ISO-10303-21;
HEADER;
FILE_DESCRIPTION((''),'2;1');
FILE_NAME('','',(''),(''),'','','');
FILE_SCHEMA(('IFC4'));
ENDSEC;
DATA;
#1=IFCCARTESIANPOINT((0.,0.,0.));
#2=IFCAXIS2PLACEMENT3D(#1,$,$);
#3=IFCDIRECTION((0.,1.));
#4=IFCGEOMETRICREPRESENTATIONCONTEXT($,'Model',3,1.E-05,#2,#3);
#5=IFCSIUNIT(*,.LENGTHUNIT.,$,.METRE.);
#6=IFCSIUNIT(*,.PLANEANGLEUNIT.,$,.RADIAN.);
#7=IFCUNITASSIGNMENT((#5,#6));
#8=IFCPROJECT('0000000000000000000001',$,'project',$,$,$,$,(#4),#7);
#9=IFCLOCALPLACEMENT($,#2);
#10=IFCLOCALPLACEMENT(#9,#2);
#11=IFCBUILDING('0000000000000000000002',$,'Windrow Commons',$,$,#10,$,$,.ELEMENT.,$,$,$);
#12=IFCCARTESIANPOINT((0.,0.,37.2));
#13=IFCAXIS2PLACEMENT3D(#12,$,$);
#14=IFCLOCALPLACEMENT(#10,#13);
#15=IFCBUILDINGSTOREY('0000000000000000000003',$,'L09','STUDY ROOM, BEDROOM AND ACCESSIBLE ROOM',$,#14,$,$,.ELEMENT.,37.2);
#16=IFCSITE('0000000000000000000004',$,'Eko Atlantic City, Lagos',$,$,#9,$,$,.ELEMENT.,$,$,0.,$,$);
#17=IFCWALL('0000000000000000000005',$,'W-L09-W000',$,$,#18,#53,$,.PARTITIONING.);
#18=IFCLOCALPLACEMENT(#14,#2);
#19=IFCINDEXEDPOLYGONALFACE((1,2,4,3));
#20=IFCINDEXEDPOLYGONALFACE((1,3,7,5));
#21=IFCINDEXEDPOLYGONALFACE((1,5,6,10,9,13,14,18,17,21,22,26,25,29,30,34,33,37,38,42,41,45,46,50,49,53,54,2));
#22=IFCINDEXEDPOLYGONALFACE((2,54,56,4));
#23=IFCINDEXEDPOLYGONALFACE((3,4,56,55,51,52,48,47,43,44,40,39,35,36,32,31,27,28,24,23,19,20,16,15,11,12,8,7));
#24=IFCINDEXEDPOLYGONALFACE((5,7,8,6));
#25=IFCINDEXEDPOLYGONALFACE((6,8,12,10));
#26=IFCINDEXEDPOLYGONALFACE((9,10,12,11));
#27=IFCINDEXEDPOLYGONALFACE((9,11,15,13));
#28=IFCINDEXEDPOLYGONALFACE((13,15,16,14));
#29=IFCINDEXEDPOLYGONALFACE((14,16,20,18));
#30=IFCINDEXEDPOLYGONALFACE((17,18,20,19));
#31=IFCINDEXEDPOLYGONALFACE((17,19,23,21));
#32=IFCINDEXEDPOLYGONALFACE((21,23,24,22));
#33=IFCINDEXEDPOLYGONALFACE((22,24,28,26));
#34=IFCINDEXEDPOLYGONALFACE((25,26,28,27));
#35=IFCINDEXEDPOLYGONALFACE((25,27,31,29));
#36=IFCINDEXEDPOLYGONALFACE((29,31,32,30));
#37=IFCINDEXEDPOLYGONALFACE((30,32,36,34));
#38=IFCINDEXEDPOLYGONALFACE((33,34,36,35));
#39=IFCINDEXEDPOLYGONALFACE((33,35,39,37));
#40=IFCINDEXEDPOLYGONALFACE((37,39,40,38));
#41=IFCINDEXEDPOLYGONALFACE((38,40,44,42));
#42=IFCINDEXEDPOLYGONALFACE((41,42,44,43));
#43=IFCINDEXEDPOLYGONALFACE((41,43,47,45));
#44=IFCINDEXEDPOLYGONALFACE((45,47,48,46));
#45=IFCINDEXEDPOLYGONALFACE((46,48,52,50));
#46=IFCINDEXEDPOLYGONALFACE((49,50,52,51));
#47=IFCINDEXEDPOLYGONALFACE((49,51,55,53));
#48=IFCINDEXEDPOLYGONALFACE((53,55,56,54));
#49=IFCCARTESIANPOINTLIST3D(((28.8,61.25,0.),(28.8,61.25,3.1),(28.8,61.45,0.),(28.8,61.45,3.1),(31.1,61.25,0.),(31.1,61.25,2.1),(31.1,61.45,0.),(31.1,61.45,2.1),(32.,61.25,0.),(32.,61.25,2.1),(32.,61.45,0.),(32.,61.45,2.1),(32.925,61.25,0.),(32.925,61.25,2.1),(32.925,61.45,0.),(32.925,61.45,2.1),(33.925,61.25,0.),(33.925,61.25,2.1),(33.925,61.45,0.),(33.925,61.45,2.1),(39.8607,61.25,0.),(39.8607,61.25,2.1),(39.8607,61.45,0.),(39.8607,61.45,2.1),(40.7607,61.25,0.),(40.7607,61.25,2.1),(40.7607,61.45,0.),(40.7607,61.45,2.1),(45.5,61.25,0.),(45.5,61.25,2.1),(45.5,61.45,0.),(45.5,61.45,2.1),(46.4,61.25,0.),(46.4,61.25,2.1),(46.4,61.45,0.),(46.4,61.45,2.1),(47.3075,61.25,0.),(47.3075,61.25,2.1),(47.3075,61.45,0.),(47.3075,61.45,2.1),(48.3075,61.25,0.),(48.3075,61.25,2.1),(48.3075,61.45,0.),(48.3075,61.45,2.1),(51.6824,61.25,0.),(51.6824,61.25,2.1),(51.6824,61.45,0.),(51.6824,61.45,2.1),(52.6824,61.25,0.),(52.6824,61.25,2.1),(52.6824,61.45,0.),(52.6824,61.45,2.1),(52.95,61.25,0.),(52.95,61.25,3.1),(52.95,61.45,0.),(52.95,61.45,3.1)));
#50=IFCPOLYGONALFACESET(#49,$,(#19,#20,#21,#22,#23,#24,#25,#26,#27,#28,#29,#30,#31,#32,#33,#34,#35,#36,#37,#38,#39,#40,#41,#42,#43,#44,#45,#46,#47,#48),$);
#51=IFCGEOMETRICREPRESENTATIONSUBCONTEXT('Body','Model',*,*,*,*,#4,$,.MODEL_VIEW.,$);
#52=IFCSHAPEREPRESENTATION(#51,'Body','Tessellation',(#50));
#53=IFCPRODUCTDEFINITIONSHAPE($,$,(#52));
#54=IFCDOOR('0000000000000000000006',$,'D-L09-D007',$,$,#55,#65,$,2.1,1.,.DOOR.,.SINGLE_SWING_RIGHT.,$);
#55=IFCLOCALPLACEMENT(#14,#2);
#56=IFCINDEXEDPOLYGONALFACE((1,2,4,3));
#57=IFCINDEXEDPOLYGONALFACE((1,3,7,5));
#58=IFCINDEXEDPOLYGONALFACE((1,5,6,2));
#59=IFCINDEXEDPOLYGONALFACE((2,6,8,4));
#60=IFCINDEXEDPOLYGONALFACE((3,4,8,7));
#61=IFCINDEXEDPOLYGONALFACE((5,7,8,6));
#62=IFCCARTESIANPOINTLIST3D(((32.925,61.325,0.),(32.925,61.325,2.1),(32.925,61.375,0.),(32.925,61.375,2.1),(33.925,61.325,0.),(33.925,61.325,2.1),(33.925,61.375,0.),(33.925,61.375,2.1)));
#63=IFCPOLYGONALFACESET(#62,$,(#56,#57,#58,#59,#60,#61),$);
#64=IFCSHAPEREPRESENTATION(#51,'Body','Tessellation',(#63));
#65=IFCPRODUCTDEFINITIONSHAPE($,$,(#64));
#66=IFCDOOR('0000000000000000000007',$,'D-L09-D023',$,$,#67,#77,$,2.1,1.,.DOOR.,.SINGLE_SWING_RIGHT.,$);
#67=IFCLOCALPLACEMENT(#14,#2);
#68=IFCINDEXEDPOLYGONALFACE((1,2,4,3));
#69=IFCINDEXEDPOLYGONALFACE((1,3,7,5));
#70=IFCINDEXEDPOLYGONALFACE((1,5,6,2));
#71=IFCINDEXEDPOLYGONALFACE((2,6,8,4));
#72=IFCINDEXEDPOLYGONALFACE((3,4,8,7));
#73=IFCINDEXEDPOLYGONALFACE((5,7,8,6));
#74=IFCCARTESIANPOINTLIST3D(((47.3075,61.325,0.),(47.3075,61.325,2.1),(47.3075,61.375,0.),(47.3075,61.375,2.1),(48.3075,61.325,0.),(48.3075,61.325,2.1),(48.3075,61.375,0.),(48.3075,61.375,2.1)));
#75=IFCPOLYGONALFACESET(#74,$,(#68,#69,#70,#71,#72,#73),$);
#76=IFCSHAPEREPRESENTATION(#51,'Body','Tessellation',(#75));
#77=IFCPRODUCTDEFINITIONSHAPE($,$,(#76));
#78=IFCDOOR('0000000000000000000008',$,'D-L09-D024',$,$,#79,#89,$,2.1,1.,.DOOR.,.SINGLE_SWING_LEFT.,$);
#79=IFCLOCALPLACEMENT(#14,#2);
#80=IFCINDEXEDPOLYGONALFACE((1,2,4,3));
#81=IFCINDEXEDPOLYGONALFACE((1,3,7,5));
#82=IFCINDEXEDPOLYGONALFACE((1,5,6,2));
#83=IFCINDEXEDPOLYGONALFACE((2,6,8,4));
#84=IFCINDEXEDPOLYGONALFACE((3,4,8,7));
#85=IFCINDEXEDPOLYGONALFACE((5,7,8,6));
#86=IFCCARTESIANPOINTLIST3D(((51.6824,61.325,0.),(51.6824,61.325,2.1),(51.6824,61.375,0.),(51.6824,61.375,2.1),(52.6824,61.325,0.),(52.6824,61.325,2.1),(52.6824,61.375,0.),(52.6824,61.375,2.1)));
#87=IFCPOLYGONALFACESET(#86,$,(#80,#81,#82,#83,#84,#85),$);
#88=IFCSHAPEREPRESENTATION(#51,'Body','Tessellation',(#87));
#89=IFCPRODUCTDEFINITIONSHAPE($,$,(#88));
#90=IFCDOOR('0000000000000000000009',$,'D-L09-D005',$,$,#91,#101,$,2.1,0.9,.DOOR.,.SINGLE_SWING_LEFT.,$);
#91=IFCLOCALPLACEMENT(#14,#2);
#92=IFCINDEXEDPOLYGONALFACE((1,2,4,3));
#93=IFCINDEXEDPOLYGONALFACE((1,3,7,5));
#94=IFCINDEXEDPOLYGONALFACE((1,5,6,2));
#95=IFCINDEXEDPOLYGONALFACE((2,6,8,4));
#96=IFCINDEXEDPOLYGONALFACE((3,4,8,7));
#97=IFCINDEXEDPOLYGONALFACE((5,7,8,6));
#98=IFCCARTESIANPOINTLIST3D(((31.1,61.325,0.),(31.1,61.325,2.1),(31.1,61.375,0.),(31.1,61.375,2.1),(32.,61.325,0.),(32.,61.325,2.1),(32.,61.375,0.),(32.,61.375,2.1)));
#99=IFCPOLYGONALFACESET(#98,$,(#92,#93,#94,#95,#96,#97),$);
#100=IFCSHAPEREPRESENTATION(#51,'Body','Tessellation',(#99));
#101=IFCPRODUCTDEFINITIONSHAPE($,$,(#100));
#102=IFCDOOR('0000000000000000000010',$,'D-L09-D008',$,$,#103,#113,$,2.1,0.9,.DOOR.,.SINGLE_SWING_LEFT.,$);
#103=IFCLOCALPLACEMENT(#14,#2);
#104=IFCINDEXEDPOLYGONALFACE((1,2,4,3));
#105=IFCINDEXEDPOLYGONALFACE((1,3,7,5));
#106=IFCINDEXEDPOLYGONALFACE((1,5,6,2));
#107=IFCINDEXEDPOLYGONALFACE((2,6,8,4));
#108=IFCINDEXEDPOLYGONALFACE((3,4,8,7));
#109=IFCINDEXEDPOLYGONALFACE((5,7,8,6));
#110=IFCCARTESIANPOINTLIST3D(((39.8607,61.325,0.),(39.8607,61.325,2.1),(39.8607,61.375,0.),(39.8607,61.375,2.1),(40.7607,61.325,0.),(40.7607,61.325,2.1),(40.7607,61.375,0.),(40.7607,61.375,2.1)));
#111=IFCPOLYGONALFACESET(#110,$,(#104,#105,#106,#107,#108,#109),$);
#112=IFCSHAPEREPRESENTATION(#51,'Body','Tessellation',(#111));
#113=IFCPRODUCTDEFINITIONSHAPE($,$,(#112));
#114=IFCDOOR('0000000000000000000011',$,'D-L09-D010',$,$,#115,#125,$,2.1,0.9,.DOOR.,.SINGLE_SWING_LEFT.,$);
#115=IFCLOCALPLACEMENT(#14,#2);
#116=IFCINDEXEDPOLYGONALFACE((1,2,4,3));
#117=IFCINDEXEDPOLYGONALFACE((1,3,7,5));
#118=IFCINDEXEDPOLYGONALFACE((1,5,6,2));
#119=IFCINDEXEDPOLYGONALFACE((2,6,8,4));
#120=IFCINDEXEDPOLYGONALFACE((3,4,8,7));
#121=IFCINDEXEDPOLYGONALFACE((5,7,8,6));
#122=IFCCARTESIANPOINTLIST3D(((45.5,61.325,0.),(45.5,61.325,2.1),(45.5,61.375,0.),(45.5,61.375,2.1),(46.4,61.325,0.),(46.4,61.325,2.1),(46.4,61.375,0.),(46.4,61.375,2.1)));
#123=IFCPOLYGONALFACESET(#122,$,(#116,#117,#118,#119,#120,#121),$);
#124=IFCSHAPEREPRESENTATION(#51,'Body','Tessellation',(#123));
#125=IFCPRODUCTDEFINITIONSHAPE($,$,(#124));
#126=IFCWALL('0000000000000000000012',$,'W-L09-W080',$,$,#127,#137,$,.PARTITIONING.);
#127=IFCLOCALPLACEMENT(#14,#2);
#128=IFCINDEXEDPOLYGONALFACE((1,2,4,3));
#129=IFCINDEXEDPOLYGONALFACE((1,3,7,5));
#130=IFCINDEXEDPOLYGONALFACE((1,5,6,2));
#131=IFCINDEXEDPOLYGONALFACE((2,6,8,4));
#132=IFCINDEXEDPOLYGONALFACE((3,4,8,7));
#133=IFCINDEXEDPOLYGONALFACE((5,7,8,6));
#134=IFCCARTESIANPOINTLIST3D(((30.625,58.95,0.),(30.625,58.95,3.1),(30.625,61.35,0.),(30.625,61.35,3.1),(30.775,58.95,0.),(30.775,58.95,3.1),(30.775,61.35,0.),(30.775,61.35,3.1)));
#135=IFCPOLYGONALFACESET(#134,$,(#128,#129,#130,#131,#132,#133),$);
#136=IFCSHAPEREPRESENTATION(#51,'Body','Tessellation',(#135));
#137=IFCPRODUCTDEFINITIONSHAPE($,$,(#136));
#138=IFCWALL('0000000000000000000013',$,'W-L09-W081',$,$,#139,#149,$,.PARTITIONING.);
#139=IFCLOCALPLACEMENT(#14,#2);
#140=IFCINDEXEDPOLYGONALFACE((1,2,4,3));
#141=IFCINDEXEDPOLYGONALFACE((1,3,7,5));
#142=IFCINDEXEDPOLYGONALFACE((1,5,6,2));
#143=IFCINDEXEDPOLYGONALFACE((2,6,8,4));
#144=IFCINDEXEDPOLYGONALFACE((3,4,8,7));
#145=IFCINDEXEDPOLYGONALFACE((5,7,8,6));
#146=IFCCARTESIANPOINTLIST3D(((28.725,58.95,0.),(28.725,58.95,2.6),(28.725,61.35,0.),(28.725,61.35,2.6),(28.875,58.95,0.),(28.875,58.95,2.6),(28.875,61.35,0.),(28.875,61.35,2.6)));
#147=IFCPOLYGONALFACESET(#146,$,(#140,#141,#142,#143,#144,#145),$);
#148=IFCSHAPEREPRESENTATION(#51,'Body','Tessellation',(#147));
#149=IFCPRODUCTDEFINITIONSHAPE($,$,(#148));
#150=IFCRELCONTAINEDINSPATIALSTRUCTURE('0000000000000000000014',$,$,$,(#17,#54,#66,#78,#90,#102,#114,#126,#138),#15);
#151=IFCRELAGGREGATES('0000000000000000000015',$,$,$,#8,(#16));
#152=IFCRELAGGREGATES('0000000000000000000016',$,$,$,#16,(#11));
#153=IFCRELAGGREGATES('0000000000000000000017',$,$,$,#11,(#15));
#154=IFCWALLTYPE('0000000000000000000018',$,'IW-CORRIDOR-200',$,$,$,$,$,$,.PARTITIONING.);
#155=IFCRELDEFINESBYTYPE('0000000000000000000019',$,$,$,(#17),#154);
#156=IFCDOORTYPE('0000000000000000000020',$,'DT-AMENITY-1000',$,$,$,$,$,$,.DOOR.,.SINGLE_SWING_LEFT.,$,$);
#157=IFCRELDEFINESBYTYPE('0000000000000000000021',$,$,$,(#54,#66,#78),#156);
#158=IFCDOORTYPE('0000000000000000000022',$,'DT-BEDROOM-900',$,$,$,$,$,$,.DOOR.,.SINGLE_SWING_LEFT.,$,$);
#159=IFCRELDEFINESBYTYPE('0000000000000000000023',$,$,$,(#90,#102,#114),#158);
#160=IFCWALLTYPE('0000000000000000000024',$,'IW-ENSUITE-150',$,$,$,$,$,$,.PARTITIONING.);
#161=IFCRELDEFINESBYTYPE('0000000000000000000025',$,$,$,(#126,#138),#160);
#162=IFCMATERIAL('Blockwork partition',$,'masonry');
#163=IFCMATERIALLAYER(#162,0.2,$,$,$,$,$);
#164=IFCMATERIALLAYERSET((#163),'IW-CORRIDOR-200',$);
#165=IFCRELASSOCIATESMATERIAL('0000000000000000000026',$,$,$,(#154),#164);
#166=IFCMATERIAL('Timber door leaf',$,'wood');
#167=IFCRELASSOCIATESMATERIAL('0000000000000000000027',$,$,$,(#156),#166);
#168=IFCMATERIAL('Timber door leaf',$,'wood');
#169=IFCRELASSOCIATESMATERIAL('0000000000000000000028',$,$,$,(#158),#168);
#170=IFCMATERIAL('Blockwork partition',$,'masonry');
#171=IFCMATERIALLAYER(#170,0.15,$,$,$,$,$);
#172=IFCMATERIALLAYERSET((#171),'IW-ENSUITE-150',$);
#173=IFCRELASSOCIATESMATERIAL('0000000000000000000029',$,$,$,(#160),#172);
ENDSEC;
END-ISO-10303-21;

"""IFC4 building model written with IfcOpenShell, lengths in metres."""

from ifc_helpers import new_model, si_unit, direction, frame, frame_2d, origin, place, context, subcontext, project, spatial, rectangle, extrude, material, layer, layer_set, type_object, element, fill, save


model = new_model("IFC4")

# Units and contexts
model_context = context("Model", 3, precision=1e-05, world=origin(), true_north=direction((0.0, 1.0)))
body_context = subcontext(model_context, "Body", "Model", "MODEL_VIEW")
ifc_project = project(units=[si_unit("LENGTHUNIT", "METRE"), si_unit("PLANEANGLEUNIT", "RADIAN")], contexts=[model_context])

# Site, building, storey
site_placement = place(None, origin())
site = spatial("IfcSite", under=ifc_project, at=site_placement, Name="Eko Atlantic City, Lagos", CompositionType="ELEMENT", RefElevation=0.0)
building_placement = place(site_placement, origin())
building = spatial("IfcBuilding", under=site, at=building_placement, Name="Windrow Commons", CompositionType="ELEMENT")
storey_placement = place(building_placement, frame((0.0, 0.0, 37.2)))
storey = spatial("IfcBuildingStorey", under=building, at=storey_placement, Name="L09", Description="STUDY ROOM, BEDROOM AND ACCESSIBLE ROOM", CompositionType="ELEMENT", Elevation=37.2)

# Wall, openings, doors
ifc_material_1 = material(Name="Blockwork partition", Category="masonry")
ifc_layer_1 = layer(ifc_material_1, 0.2)
ifc_layer_set_1 = layer_set([ifc_layer_1], Name="IW-CORRIDOR-200")
wall_type_1 = type_object("IfcWallType", Name="IW-CORRIDOR-200", PredefinedType="PARTITIONING", material=ifc_layer_set_1)
wall_1_placement = place(storey_placement, frame((28.8, 61.35, 0.0), z_axis=(0.0, 0.0, 1.0), x_axis=(1.0, 0.0, 0.0)))
wall_1 = element("IfcWall", 1, at=wall_1_placement, inside=storey, type_object=wall_type_1, Name="W-L09-W000", PredefinedType="PARTITIONING", context=body_context, shape_type="SweptSolid", body=[
    extrude(rectangle(XDim=24.15, YDim=0.2, at=frame_2d((12.075, 0.0))), origin(), (0.0, 0.0, 1.0), 3.1),
])
opening_1_placement = place(wall_1_placement, frame((2.3, 0.0, 0.0)))
opening_1 = element("IfcOpeningElement", 2, at=opening_1_placement, cuts=wall_1, PredefinedType="OPENING", context=body_context, shape_type="SweptSolid", body=[
    extrude(rectangle(XDim=0.9, YDim=2.1, at=frame_2d((0.45, 1.05))), frame((0.0, 0.11, 0.0), z_axis=(0.0, -1.0, 0.0), x_axis=(1.0, 0.0, 0.0)), (0.0, 0.0, 1.0), 0.22),
])
opening_2_placement = place(wall_1_placement, frame((4.125, 0.0, 0.0)))
opening_2 = element("IfcOpeningElement", 3, at=opening_2_placement, cuts=wall_1, PredefinedType="OPENING", context=body_context, shape_type="SweptSolid", body=[
    extrude(rectangle(XDim=1.0, YDim=2.1, at=frame_2d((0.5, 1.05))), frame((0.0, 0.11, 0.0), z_axis=(0.0, -1.0, 0.0), x_axis=(1.0, 0.0, 0.0)), (0.0, 0.0, 1.0), 0.22),
])
opening_3_placement = place(wall_1_placement, frame((11.0607, 0.0, 0.0)))
opening_3 = element("IfcOpeningElement", 4, at=opening_3_placement, cuts=wall_1, PredefinedType="OPENING", context=body_context, shape_type="SweptSolid", body=[
    extrude(rectangle(XDim=0.9, YDim=2.1, at=frame_2d((0.45, 1.05))), frame((0.0, 0.11, 0.0), z_axis=(0.0, -1.0, 0.0), x_axis=(1.0, 0.0, 0.0)), (0.0, 0.0, 1.0), 0.22),
])
opening_4_placement = place(wall_1_placement, frame((16.7, 0.0, 0.0)))
opening_4 = element("IfcOpeningElement", 5, at=opening_4_placement, cuts=wall_1, PredefinedType="OPENING", context=body_context, shape_type="SweptSolid", body=[
    extrude(rectangle(XDim=0.9, YDim=2.1, at=frame_2d((0.45, 1.05))), frame((0.0, 0.11, 0.0), z_axis=(0.0, -1.0, 0.0), x_axis=(1.0, 0.0, 0.0)), (0.0, 0.0, 1.0), 0.22),
])
opening_5_placement = place(wall_1_placement, frame((18.5075, 0.0, 0.0)))
opening_5 = element("IfcOpeningElement", 6, at=opening_5_placement, cuts=wall_1, PredefinedType="OPENING", context=body_context, shape_type="SweptSolid", body=[
    extrude(rectangle(XDim=1.0, YDim=2.1, at=frame_2d((0.5, 1.05))), frame((0.0, 0.11, 0.0), z_axis=(0.0, -1.0, 0.0), x_axis=(1.0, 0.0, 0.0)), (0.0, 0.0, 1.0), 0.22),
])
opening_6_placement = place(wall_1_placement, frame((22.8824, 0.0, 0.0)))
opening_6 = element("IfcOpeningElement", 7, at=opening_6_placement, cuts=wall_1, PredefinedType="OPENING", context=body_context, shape_type="SweptSolid", body=[
    extrude(rectangle(XDim=1.0, YDim=2.1, at=frame_2d((0.5, 1.05))), frame((0.0, 0.11, 0.0), z_axis=(0.0, -1.0, 0.0), x_axis=(1.0, 0.0, 0.0)), (0.0, 0.0, 1.0), 0.22),
])
ifc_material_2 = material(Name="Timber door leaf", Category="wood")
door_type_1 = type_object("IfcDoorType", Name="DT-AMENITY-1000", OperationType="SINGLE_SWING_LEFT", PredefinedType="DOOR", material=ifc_material_2)
door_1_placement = place(opening_2_placement, origin())
door_1 = element("IfcDoor", 8, at=door_1_placement, inside=storey, type_object=door_type_1, Name="D-L09-D007", OperationType="SINGLE_SWING_RIGHT", OverallHeight=2.1, OverallWidth=1.0, PredefinedType="DOOR", context=body_context, shape_type="SweptSolid", body=[
    extrude(rectangle(XDim=1.0, YDim=2.1, at=frame_2d((0.5, 1.05))), frame((0.0, 0.025, 0.0), z_axis=(0.0, -1.0, 0.0), x_axis=(1.0, 0.0, 0.0)), (0.0, 0.0, 1.0), 0.05),
])
fill(opening_2, door_1)
door_2_placement = place(opening_5_placement, origin())
door_2 = element("IfcDoor", 9, at=door_2_placement, inside=storey, type_object=door_type_1, Name="D-L09-D023", OperationType="SINGLE_SWING_RIGHT", OverallHeight=2.1, OverallWidth=1.0, PredefinedType="DOOR", context=body_context, shape_type="SweptSolid", body=[
    extrude(rectangle(XDim=1.0, YDim=2.1, at=frame_2d((0.5, 1.05))), frame((0.0, 0.025, 0.0), z_axis=(0.0, -1.0, 0.0), x_axis=(1.0, 0.0, 0.0)), (0.0, 0.0, 1.0), 0.05),
])
fill(opening_5, door_2)
door_3_placement = place(opening_6_placement, origin())
door_3 = element("IfcDoor", 10, at=door_3_placement, inside=storey, type_object=door_type_1, Name="D-L09-D024", OperationType="SINGLE_SWING_LEFT", OverallHeight=2.1, OverallWidth=1.0, PredefinedType="DOOR", context=body_context, shape_type="SweptSolid", body=[
    extrude(rectangle(XDim=1.0, YDim=2.1, at=frame_2d((0.5, 1.05))), frame((0.0, 0.025, 0.0), z_axis=(0.0, -1.0, 0.0), x_axis=(1.0, 0.0, 0.0)), (0.0, 0.0, 1.0), 0.05),
])
fill(opening_6, door_3)
ifc_material_3 = material(Name="Timber door leaf", Category="wood")
door_type_2 = type_object("IfcDoorType", Name="DT-BEDROOM-900", OperationType="SINGLE_SWING_LEFT", PredefinedType="DOOR", material=ifc_material_3)
door_4_placement = place(opening_1_placement, origin())
door_4 = element("IfcDoor", 11, at=door_4_placement, inside=storey, type_object=door_type_2, Name="D-L09-D005", OperationType="SINGLE_SWING_LEFT", OverallHeight=2.1, OverallWidth=0.9, PredefinedType="DOOR", context=body_context, shape_type="SweptSolid", body=[
    extrude(rectangle(XDim=0.9, YDim=2.1, at=frame_2d((0.45, 1.05))), frame((0.0, 0.025, 0.0), z_axis=(0.0, -1.0, 0.0), x_axis=(1.0, 0.0, 0.0)), (0.0, 0.0, 1.0), 0.05),
])
fill(opening_1, door_4)
door_5_placement = place(opening_3_placement, origin())
door_5 = element("IfcDoor", 12, at=door_5_placement, inside=storey, type_object=door_type_2, Name="D-L09-D008", OperationType="SINGLE_SWING_LEFT", OverallHeight=2.1, OverallWidth=0.9, PredefinedType="DOOR", context=body_context, shape_type="SweptSolid", body=[
    extrude(rectangle(XDim=0.9, YDim=2.1, at=frame_2d((0.45, 1.05))), frame((0.0, 0.025, 0.0), z_axis=(0.0, -1.0, 0.0), x_axis=(1.0, 0.0, 0.0)), (0.0, 0.0, 1.0), 0.05),
])
fill(opening_3, door_5)
door_6_placement = place(opening_4_placement, origin())
door_6 = element("IfcDoor", 13, at=door_6_placement, inside=storey, type_object=door_type_2, Name="D-L09-D010", OperationType="SINGLE_SWING_LEFT", OverallHeight=2.1, OverallWidth=0.9, PredefinedType="DOOR", context=body_context, shape_type="SweptSolid", body=[
    extrude(rectangle(XDim=0.9, YDim=2.1, at=frame_2d((0.45, 1.05))), frame((0.0, 0.025, 0.0), z_axis=(0.0, -1.0, 0.0), x_axis=(1.0, 0.0, 0.0)), (0.0, 0.0, 1.0), 0.05),
])
fill(opening_4, door_6)

# Walls
ifc_material_4 = material(Name="Blockwork partition", Category="masonry")
ifc_layer_2 = layer(ifc_material_4, 0.15)
ifc_layer_set_2 = layer_set([ifc_layer_2], Name="IW-ENSUITE-150")
wall_type_2 = type_object("IfcWallType", Name="IW-ENSUITE-150", PredefinedType="PARTITIONING", material=ifc_layer_set_2)
wall_2_placement = place(storey_placement, frame((30.7, 58.95, 0.0), z_axis=(0.0, 0.0, 1.0), x_axis=(0.0, 1.0, 0.0)))
element("IfcWall", 14, at=wall_2_placement, inside=storey, type_object=wall_type_2, Name="W-L09-W080", PredefinedType="PARTITIONING", context=body_context, shape_type="SweptSolid", body=[
    extrude(rectangle(XDim=2.4, YDim=0.15, at=frame_2d((1.2, 0.0))), origin(), (0.0, 0.0, 1.0), 3.1),
])
wall_3_placement = place(storey_placement, frame((28.8, 58.95, 0.0), z_axis=(0.0, 0.0, 1.0), x_axis=(0.0, 1.0, 0.0)))
element("IfcWall", 15, at=wall_3_placement, inside=storey, type_object=wall_type_2, Name="W-L09-W081", PredefinedType="PARTITIONING", context=body_context, shape_type="SweptSolid", body=[
    extrude(rectangle(XDim=2.4, YDim=0.15, at=frame_2d((1.2, 0.0))), origin(), (0.0, 0.0, 1.0), 2.6),
])

save(model, "model.ifc")
